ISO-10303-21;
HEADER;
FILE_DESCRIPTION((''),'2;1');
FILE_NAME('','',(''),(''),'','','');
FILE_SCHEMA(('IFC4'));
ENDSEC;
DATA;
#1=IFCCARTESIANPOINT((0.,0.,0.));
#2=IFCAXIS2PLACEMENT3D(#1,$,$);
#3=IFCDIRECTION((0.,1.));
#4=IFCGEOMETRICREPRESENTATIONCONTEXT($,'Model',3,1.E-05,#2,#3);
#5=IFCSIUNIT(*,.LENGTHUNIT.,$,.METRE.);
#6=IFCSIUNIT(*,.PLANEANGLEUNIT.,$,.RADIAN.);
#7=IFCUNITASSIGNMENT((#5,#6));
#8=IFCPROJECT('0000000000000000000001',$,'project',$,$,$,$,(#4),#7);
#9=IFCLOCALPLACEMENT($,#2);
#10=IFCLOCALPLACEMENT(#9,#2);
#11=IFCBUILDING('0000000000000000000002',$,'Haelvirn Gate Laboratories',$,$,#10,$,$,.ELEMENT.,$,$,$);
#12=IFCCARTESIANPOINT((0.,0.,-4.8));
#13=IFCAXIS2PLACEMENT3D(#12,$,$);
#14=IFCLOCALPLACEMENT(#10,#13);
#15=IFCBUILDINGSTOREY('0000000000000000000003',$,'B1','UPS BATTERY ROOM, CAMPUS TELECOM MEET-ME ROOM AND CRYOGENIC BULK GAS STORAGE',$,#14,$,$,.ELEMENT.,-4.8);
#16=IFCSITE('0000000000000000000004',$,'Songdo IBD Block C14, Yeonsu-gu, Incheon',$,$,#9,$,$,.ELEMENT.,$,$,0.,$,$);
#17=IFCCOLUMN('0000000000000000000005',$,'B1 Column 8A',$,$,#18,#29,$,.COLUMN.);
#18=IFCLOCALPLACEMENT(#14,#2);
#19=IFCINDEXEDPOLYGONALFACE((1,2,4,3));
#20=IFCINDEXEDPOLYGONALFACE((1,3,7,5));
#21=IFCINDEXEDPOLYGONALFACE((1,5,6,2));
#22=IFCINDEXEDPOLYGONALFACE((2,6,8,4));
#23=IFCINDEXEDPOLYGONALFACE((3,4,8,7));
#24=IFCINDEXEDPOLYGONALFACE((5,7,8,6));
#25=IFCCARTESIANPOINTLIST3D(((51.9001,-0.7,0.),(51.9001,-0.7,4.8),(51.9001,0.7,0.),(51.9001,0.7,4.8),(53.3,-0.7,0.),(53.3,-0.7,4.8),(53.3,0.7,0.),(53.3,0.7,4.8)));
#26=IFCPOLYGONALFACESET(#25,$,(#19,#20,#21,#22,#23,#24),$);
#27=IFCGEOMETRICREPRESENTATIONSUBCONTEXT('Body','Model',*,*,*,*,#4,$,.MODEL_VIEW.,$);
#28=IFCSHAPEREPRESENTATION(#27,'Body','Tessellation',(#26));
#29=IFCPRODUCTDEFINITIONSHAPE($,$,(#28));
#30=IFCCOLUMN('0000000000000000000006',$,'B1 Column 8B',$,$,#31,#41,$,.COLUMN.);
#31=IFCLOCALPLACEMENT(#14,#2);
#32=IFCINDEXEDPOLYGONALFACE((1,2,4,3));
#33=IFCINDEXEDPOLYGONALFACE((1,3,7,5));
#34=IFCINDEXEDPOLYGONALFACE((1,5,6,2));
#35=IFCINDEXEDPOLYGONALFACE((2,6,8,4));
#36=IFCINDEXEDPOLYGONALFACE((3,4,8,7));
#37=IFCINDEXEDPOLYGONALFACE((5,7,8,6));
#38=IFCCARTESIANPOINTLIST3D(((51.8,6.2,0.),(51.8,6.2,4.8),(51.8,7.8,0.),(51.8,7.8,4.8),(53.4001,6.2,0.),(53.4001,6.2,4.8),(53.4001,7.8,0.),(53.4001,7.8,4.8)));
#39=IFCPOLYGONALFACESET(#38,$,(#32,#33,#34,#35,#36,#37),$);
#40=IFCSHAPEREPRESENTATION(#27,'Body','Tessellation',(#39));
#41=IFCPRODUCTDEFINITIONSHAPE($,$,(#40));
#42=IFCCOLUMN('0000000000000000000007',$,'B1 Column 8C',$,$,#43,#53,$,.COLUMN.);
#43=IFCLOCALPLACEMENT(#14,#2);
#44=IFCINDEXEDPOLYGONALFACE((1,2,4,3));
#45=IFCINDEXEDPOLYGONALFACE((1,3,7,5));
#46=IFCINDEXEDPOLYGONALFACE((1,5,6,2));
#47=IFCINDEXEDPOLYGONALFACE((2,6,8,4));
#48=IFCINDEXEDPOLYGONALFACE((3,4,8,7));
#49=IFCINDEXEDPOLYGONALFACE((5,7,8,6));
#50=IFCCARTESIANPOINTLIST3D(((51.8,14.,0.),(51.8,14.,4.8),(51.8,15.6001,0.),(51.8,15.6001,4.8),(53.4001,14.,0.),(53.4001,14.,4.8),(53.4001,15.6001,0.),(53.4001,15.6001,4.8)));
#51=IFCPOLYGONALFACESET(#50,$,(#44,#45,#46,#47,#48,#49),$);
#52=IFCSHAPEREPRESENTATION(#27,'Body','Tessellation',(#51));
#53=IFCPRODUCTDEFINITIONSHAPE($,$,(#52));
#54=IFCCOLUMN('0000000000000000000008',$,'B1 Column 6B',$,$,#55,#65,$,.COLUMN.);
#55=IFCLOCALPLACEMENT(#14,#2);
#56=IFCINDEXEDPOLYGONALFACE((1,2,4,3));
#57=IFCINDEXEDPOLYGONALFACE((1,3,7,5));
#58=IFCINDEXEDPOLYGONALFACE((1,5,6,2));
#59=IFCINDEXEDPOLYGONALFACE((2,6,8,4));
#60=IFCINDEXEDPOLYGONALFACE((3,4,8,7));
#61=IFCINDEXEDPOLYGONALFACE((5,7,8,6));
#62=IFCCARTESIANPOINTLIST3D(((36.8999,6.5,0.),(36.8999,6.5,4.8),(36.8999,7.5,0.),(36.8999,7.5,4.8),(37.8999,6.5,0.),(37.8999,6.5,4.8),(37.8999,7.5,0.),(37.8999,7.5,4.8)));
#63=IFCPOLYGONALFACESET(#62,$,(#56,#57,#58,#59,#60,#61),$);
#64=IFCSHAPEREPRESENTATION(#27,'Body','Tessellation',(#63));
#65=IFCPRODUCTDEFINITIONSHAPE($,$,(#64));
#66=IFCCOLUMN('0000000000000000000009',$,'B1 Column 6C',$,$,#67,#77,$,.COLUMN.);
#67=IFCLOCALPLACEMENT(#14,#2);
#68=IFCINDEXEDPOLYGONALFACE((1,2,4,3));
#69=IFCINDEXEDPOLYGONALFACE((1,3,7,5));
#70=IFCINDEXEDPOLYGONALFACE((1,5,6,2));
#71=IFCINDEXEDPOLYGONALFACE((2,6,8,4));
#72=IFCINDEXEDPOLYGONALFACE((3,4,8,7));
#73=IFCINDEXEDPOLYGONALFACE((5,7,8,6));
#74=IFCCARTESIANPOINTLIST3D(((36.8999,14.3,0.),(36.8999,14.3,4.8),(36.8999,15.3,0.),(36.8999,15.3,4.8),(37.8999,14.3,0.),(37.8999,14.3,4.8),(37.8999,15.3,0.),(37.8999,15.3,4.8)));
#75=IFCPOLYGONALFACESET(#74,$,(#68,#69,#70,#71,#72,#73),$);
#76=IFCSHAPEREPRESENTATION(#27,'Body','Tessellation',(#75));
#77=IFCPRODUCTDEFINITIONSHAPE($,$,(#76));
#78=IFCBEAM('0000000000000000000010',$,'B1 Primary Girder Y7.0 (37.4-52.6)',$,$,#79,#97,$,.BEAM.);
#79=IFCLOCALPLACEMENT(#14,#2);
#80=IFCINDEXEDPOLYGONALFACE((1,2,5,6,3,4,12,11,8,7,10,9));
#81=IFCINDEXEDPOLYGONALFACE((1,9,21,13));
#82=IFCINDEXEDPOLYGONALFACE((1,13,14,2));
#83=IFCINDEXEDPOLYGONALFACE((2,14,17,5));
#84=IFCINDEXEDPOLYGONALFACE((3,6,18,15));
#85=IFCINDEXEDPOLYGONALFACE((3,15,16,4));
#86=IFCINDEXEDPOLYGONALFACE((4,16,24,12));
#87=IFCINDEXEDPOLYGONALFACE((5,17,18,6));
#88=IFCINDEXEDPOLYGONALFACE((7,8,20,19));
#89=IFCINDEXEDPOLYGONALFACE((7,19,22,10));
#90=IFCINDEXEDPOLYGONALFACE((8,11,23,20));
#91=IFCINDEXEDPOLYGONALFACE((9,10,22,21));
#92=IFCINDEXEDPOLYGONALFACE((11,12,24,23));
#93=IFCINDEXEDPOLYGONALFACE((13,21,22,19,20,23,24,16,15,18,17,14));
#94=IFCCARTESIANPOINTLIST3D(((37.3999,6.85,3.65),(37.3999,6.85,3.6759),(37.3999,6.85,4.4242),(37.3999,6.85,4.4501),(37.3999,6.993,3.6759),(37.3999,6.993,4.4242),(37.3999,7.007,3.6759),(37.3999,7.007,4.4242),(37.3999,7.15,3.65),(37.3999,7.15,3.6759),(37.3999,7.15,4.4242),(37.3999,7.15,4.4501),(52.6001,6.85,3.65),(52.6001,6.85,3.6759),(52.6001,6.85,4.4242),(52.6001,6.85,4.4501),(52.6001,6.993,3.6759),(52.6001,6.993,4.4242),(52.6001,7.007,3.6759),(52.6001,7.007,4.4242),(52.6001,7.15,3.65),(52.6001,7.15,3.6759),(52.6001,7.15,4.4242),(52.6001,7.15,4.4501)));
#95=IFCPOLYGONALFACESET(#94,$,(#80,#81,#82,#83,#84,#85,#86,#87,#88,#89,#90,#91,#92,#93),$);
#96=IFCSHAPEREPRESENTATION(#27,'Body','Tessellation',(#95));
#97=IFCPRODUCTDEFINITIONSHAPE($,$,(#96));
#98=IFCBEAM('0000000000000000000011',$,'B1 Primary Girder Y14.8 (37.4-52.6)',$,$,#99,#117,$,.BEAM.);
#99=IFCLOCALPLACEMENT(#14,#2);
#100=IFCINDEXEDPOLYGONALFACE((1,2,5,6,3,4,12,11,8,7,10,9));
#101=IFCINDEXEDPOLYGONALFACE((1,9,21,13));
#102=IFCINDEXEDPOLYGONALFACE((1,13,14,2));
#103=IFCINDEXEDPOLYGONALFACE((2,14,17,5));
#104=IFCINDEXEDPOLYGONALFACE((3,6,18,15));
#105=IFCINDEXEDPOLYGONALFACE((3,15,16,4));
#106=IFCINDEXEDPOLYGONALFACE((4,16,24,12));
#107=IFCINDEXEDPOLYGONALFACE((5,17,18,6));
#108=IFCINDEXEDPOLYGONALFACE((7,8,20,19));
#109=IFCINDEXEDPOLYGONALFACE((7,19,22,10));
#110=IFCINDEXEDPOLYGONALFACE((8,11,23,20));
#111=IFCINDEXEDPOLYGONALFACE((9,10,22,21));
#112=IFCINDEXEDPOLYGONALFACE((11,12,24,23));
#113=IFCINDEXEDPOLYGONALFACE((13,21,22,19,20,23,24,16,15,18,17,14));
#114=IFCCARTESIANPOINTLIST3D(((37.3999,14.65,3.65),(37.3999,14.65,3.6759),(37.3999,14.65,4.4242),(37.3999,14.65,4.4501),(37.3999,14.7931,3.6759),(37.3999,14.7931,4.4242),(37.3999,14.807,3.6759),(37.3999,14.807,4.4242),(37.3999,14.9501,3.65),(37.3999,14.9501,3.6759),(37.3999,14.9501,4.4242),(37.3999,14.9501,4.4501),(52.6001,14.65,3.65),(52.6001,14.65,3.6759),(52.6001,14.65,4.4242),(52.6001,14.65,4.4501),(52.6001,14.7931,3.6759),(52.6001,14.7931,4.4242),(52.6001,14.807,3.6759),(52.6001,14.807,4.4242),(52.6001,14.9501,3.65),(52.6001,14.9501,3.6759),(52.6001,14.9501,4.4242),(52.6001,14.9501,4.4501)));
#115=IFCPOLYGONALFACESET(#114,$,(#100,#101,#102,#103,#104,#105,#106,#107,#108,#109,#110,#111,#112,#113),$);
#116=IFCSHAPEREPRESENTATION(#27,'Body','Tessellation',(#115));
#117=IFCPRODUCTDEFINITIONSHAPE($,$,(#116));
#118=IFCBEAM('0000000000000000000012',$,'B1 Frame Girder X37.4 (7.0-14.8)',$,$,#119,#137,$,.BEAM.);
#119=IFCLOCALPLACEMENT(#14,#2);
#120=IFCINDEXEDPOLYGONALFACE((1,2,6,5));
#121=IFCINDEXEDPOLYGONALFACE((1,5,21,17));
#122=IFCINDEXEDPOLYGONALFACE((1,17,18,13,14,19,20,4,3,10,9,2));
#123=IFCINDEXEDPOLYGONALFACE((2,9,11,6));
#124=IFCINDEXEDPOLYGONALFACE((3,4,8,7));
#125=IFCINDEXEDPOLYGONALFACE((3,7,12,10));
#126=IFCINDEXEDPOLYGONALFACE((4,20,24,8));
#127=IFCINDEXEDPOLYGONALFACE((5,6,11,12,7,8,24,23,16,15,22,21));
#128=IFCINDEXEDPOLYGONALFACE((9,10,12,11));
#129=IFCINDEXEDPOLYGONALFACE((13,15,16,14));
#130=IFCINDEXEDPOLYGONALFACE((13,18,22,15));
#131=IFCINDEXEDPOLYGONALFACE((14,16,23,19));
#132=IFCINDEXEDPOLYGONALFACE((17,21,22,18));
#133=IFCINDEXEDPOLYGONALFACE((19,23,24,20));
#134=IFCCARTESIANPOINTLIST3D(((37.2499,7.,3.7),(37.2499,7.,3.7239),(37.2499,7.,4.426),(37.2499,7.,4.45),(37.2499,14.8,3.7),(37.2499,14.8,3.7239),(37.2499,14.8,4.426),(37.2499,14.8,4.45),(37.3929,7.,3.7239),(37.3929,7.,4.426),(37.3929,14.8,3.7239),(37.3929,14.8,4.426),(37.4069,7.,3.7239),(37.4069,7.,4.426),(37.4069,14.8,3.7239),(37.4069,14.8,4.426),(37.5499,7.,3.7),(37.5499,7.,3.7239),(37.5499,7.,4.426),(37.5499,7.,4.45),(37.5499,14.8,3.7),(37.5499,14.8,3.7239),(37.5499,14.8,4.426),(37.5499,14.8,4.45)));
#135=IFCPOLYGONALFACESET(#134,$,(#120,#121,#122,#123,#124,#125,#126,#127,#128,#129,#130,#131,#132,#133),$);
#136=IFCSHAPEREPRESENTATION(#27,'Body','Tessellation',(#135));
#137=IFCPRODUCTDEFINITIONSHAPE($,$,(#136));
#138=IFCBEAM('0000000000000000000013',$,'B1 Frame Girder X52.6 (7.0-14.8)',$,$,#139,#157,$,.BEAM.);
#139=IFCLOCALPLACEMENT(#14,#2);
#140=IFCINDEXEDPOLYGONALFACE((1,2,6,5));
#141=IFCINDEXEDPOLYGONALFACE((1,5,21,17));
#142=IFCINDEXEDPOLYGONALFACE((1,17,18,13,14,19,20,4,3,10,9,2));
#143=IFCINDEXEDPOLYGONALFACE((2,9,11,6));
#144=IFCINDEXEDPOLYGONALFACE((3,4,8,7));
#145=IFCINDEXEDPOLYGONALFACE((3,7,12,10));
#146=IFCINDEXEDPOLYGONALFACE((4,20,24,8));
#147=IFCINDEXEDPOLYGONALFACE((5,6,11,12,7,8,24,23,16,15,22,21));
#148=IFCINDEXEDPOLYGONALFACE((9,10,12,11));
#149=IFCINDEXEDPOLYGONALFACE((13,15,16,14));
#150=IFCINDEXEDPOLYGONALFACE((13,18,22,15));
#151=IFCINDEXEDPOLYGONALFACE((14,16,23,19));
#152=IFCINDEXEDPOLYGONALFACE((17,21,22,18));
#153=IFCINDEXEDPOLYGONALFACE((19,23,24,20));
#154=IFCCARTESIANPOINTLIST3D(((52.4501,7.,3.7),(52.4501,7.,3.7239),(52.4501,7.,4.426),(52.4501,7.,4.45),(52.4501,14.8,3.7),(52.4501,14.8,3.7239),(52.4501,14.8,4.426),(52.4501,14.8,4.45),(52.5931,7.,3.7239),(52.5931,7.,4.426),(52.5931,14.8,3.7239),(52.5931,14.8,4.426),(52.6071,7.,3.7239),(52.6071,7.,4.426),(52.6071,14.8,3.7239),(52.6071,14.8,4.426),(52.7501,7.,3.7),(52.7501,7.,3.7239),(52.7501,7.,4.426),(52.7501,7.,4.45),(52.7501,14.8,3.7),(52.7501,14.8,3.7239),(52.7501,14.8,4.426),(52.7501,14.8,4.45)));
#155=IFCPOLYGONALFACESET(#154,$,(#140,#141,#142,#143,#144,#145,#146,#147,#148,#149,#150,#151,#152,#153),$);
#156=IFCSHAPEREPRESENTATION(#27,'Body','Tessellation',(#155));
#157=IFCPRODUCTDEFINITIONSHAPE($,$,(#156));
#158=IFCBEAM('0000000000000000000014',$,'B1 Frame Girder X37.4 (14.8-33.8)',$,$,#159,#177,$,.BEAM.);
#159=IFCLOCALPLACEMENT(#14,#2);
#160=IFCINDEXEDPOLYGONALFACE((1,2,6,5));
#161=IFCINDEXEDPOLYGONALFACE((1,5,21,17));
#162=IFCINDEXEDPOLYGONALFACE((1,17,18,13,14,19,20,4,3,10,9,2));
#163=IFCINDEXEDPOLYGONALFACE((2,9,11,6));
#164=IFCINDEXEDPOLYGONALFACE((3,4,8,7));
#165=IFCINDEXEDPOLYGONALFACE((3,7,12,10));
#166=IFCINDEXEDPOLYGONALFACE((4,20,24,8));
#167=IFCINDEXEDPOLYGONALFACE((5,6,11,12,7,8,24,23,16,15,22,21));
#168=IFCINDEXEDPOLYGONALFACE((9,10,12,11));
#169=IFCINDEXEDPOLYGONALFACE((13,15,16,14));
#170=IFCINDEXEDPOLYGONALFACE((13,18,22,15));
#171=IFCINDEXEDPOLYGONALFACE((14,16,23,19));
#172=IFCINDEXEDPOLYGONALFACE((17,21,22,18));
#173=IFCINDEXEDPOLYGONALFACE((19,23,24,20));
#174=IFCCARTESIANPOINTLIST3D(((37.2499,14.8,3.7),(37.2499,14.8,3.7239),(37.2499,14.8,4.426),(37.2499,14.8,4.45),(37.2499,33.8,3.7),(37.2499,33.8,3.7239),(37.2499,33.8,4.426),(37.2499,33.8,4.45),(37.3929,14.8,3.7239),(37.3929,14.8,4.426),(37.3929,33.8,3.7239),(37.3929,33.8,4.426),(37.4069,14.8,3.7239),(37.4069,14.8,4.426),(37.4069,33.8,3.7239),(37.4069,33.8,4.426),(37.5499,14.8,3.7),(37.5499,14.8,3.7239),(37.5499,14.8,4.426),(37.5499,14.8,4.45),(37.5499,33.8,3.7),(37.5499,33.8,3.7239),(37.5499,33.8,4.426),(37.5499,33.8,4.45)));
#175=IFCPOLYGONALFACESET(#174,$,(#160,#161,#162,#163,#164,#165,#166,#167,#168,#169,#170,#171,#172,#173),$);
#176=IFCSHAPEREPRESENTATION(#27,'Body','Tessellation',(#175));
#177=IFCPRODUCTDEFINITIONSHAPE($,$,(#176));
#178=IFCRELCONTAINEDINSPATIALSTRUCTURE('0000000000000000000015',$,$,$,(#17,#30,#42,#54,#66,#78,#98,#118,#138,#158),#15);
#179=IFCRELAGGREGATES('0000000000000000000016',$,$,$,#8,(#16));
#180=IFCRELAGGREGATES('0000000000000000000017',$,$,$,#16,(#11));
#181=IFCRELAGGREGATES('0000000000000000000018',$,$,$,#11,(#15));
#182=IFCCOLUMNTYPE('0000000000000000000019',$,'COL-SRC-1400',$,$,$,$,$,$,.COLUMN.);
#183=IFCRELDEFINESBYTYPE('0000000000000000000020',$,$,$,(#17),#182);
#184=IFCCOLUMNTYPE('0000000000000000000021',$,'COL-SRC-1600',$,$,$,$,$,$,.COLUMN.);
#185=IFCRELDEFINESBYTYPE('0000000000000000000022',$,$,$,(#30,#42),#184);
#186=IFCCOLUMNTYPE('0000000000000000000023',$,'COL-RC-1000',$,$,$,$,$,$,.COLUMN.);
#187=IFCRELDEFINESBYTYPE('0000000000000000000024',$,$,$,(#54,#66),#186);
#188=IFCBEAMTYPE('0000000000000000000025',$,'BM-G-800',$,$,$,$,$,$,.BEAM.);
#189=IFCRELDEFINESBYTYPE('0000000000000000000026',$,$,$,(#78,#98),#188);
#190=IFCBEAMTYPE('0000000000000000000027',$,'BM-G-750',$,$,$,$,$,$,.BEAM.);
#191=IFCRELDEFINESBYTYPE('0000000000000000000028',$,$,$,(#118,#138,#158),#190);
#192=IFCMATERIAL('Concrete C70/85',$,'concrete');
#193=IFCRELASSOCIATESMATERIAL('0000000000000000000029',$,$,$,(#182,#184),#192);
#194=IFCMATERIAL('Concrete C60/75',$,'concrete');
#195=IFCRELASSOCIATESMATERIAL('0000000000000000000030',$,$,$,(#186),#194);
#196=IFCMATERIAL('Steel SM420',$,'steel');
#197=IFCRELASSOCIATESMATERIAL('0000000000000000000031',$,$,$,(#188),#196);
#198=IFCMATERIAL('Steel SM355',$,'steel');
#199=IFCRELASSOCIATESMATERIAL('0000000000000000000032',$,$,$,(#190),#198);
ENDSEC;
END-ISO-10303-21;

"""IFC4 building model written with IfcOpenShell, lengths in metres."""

from ifc_helpers import new_model, si_unit, direction, frame, origin, origin_2d, place, context, subcontext, project, spatial, rectangle, i_section, extrude, source, transform, mapped, material, material_profile, profile_set, type_object, type_shapes, element, save


model = new_model("IFC4")

# Units and contexts
model_context = context("Model", 3, precision=1e-05, world=origin(), true_north=direction((0.0, 1.0)))
body_context = subcontext(model_context, "Body", "Model", "MODEL_VIEW")
ifc_project = project(units=[si_unit("LENGTHUNIT", "METRE"), si_unit("PLANEANGLEUNIT", "RADIAN")], contexts=[model_context])

# Site, building, storey
site_placement = place(None, origin())
site = spatial("IfcSite", under=ifc_project, at=site_placement, Name="Songdo IBD Block C14, Yeonsu-gu, Incheon", CompositionType="ELEMENT", RefElevation=0.0)
building_placement = place(site_placement, origin())
building = spatial("IfcBuilding", under=site, at=building_placement, Name="Haelvirn Gate Laboratories", CompositionType="ELEMENT")
storey_placement = place(building_placement, frame((0.0, 0.0, -4.8)))
storey = spatial("IfcBuildingStorey", under=building, at=storey_placement, Name="B1", Description="UPS BATTERY ROOM, CAMPUS TELECOM MEET-ME ROOM AND CRYOGENIC BULK GAS STORAGE", CompositionType="ELEMENT", Elevation=-4.8)

# Columns
ifc_material_1 = material(Name="Concrete C70/85", Category="concrete")
ifc_material_profile_1 = material_profile(ifc_material_1, rectangle(XDim=1.3999, YDim=1.3999, at=origin_2d()), Name="SRC-1400x1400")
ifc_profile_set_1 = profile_set([ifc_material_profile_1], Name="Concrete C70/85")
column_type_1 = type_object("IfcColumnType", Name="COL-SRC-1400", PredefinedType="COLUMN", material=ifc_profile_set_1)
shared_shape_1 = source(origin(), body_context, "Body", "SweptSolid", [
    extrude(rectangle(XDim=1.3999, YDim=1.3999, at=origin_2d()), origin(), (0.0, 0.0, 1.0), 4.8),
])
type_shapes(column_type_1, [shared_shape_1])
column_placement = place(storey_placement, frame((52.6001, 0.0, 0.0), z_axis=(0.0, 0.0, 1.0), x_axis=(1.0, 0.0, 0.0)))
element("IfcColumn", 1, at=column_placement, inside=storey, type_object=column_type_1, Name="B1 Column 8A", PredefinedType="COLUMN", context=body_context, shape_type="MappedRepresentation", body=[
    mapped(shared_shape_1, transform((0.0, 0.0, 0.0), scale=1.0)),
])
ifc_material_profile_2 = material_profile(ifc_material_1, rectangle(XDim=1.6001, YDim=1.6001, at=origin_2d()), Name="SRC-1600x1600")
ifc_profile_set_2 = profile_set([ifc_material_profile_2], Name="Concrete C70/85")
column_type_2 = type_object("IfcColumnType", Name="COL-SRC-1600", PredefinedType="COLUMN", material=ifc_profile_set_2)
shared_shape_2 = source(origin(), body_context, "Body", "SweptSolid", [
    extrude(rectangle(XDim=1.6001, YDim=1.6001, at=origin_2d()), origin(), (0.0, 0.0, 1.0), 4.8),
])
type_shapes(column_type_2, [shared_shape_2])
for number, where, z_axis, x_axis, name in (
    (2, (52.6001, 7.0, 0.0), (0.0, 0.0, 1.0), (1.0, 0.0, 0.0), "B1 Column 8B"),
    (3, (52.6001, 14.8, 0.0), (0.0, 0.0, 1.0), (1.0, 0.0, 0.0), "B1 Column 8C"),
):
    element("IfcColumn", number, at=place(storey_placement, frame(where, z_axis=z_axis, x_axis=x_axis)), inside=storey, type_object=column_type_2, Name=name, PredefinedType="COLUMN", context=body_context, shape_type="MappedRepresentation", body=[
        mapped(shared_shape_2, transform((0.0, 0.0, 0.0), scale=1.0)),
    ])
ifc_material_2 = material(Name="Concrete C60/75", Category="concrete")
ifc_material_profile_3 = material_profile(ifc_material_2, rectangle(XDim=1.0, YDim=1.0, at=origin_2d()), Name="RC-1000x1000")
ifc_profile_set_3 = profile_set([ifc_material_profile_3], Name="Concrete C60/75")
column_type_3 = type_object("IfcColumnType", Name="COL-RC-1000", PredefinedType="COLUMN", material=ifc_profile_set_3)
shared_shape_3 = source(origin(), body_context, "Body", "SweptSolid", [
    extrude(rectangle(XDim=1.0, YDim=1.0, at=origin_2d()), origin(), (0.0, 0.0, 1.0), 4.8),
])
type_shapes(column_type_3, [shared_shape_3])
for number, where, z_axis, x_axis, name in (
    (4, (37.3999, 7.0, 0.0), (0.0, 0.0, 1.0), (1.0, 0.0, 0.0), "B1 Column 6B"),
    (5, (37.3999, 14.8, 0.0), (0.0, 0.0, 1.0), (1.0, 0.0, 0.0), "B1 Column 6C"),
):
    element("IfcColumn", number, at=place(storey_placement, frame(where, z_axis=z_axis, x_axis=x_axis)), inside=storey, type_object=column_type_3, Name=name, PredefinedType="COLUMN", context=body_context, shape_type="MappedRepresentation", body=[
        mapped(shared_shape_3, transform((0.0, 0.0, 0.0), scale=1.0)),
    ])

# Beams
ifc_material_3 = material(Name="Steel SM420", Category="steel")
ifc_material_profile_4 = material_profile(ifc_material_3, i_section(OverallWidth=0.3, OverallDepth=0.8, WebThickness=0.0139, FlangeThickness=0.0259, at=origin_2d()), Name="H-800x300x14x26")
ifc_profile_set_4 = profile_set([ifc_material_profile_4], Name="Steel SM420")
beam_type_1 = type_object("IfcBeamType", Name="BM-G-800", PredefinedType="BEAM", material=ifc_profile_set_4)
shared_shape_4 = source(origin(), body_context, "Body", "SweptSolid", [
    extrude(i_section(OverallWidth=0.3, OverallDepth=0.8, WebThickness=0.0139, FlangeThickness=0.0259, at=origin_2d()), origin(), (0.0, 0.0, 1.0), 15.2002),
])
type_shapes(beam_type_1, [shared_shape_4])
for number, where, z_axis, x_axis, name in (
    (6, (37.3999, 7.0, 4.05), (1.0, 0.0, 0.0), (0.0, 1.0, 0.0), "B1 Primary Girder Y7.0 (37.4-52.6)"),
    (7, (37.3999, 14.8, 4.05), (1.0, 0.0, 0.0), (0.0, 1.0, 0.0), "B1 Primary Girder Y14.8 (37.4-52.6)"),
):
    element("IfcBeam", number, at=place(storey_placement, frame(where, z_axis=z_axis, x_axis=x_axis)), inside=storey, type_object=beam_type_1, Name=name, PredefinedType="BEAM", context=body_context, shape_type="MappedRepresentation", body=[
        mapped(shared_shape_4, transform((0.0, 0.0, 0.0), scale=1.0)),
    ])
ifc_material_4 = material(Name="Steel SM355", Category="steel")
ifc_material_profile_5 = material_profile(ifc_material_4, i_section(OverallWidth=0.3, OverallDepth=0.75, WebThickness=0.0139, FlangeThickness=0.0239, at=origin_2d()), Name="H-750x300x14x24")
ifc_profile_set_5 = profile_set([ifc_material_profile_5], Name="Steel SM355")
beam_type_2 = type_object("IfcBeamType", Name="BM-G-750", PredefinedType="BEAM", material=ifc_profile_set_5)
shared_shape_5 = source(origin(), body_context, "Body", "SweptSolid", [
    extrude(i_section(OverallWidth=0.3, OverallDepth=0.75, WebThickness=0.0139, FlangeThickness=0.0239, at=origin_2d()), origin(), (0.0, 0.0, 1.0), 7.8),
])
for number, where, z_axis, x_axis, name in (
    (8, (37.3999, 7.0, 4.075), (0.0, 1.0, 0.0), (-1.0, 0.0, 0.0), "B1 Frame Girder X37.4 (7.0-14.8)"),
    (9, (52.6001, 7.0, 4.075), (0.0, 1.0, 0.0), (-1.0, 0.0, 0.0), "B1 Frame Girder X52.6 (7.0-14.8)"),
):
    element("IfcBeam", number, at=place(storey_placement, frame(where, z_axis=z_axis, x_axis=x_axis)), inside=storey, type_object=beam_type_2, Name=name, PredefinedType="BEAM", context=body_context, shape_type="MappedRepresentation", body=[
        mapped(shared_shape_5, transform((0.0, 0.0, 0.0), scale=1.0)),
    ])
shared_shape_6 = source(origin(), body_context, "Body", "SweptSolid", [
    extrude(i_section(OverallWidth=0.3, OverallDepth=0.75, WebThickness=0.0139, FlangeThickness=0.0239, at=origin_2d()), origin(), (0.0, 0.0, 1.0), 19.0),
])
type_shapes(beam_type_2, [shared_shape_5, shared_shape_6])
beam_1_placement = place(storey_placement, frame((37.3999, 14.8, 4.075), z_axis=(0.0, 1.0, 0.0), x_axis=(-1.0, 0.0, 0.0)))
element("IfcBeam", 10, at=beam_1_placement, inside=storey, type_object=beam_type_2, Name="B1 Frame Girder X37.4 (14.8-33.8)", PredefinedType="BEAM", context=body_context, shape_type="MappedRepresentation", body=[
    mapped(shared_shape_6, transform((0.0, 0.0, 0.0), scale=1.0)),
])

save(model, "model.ifc")
